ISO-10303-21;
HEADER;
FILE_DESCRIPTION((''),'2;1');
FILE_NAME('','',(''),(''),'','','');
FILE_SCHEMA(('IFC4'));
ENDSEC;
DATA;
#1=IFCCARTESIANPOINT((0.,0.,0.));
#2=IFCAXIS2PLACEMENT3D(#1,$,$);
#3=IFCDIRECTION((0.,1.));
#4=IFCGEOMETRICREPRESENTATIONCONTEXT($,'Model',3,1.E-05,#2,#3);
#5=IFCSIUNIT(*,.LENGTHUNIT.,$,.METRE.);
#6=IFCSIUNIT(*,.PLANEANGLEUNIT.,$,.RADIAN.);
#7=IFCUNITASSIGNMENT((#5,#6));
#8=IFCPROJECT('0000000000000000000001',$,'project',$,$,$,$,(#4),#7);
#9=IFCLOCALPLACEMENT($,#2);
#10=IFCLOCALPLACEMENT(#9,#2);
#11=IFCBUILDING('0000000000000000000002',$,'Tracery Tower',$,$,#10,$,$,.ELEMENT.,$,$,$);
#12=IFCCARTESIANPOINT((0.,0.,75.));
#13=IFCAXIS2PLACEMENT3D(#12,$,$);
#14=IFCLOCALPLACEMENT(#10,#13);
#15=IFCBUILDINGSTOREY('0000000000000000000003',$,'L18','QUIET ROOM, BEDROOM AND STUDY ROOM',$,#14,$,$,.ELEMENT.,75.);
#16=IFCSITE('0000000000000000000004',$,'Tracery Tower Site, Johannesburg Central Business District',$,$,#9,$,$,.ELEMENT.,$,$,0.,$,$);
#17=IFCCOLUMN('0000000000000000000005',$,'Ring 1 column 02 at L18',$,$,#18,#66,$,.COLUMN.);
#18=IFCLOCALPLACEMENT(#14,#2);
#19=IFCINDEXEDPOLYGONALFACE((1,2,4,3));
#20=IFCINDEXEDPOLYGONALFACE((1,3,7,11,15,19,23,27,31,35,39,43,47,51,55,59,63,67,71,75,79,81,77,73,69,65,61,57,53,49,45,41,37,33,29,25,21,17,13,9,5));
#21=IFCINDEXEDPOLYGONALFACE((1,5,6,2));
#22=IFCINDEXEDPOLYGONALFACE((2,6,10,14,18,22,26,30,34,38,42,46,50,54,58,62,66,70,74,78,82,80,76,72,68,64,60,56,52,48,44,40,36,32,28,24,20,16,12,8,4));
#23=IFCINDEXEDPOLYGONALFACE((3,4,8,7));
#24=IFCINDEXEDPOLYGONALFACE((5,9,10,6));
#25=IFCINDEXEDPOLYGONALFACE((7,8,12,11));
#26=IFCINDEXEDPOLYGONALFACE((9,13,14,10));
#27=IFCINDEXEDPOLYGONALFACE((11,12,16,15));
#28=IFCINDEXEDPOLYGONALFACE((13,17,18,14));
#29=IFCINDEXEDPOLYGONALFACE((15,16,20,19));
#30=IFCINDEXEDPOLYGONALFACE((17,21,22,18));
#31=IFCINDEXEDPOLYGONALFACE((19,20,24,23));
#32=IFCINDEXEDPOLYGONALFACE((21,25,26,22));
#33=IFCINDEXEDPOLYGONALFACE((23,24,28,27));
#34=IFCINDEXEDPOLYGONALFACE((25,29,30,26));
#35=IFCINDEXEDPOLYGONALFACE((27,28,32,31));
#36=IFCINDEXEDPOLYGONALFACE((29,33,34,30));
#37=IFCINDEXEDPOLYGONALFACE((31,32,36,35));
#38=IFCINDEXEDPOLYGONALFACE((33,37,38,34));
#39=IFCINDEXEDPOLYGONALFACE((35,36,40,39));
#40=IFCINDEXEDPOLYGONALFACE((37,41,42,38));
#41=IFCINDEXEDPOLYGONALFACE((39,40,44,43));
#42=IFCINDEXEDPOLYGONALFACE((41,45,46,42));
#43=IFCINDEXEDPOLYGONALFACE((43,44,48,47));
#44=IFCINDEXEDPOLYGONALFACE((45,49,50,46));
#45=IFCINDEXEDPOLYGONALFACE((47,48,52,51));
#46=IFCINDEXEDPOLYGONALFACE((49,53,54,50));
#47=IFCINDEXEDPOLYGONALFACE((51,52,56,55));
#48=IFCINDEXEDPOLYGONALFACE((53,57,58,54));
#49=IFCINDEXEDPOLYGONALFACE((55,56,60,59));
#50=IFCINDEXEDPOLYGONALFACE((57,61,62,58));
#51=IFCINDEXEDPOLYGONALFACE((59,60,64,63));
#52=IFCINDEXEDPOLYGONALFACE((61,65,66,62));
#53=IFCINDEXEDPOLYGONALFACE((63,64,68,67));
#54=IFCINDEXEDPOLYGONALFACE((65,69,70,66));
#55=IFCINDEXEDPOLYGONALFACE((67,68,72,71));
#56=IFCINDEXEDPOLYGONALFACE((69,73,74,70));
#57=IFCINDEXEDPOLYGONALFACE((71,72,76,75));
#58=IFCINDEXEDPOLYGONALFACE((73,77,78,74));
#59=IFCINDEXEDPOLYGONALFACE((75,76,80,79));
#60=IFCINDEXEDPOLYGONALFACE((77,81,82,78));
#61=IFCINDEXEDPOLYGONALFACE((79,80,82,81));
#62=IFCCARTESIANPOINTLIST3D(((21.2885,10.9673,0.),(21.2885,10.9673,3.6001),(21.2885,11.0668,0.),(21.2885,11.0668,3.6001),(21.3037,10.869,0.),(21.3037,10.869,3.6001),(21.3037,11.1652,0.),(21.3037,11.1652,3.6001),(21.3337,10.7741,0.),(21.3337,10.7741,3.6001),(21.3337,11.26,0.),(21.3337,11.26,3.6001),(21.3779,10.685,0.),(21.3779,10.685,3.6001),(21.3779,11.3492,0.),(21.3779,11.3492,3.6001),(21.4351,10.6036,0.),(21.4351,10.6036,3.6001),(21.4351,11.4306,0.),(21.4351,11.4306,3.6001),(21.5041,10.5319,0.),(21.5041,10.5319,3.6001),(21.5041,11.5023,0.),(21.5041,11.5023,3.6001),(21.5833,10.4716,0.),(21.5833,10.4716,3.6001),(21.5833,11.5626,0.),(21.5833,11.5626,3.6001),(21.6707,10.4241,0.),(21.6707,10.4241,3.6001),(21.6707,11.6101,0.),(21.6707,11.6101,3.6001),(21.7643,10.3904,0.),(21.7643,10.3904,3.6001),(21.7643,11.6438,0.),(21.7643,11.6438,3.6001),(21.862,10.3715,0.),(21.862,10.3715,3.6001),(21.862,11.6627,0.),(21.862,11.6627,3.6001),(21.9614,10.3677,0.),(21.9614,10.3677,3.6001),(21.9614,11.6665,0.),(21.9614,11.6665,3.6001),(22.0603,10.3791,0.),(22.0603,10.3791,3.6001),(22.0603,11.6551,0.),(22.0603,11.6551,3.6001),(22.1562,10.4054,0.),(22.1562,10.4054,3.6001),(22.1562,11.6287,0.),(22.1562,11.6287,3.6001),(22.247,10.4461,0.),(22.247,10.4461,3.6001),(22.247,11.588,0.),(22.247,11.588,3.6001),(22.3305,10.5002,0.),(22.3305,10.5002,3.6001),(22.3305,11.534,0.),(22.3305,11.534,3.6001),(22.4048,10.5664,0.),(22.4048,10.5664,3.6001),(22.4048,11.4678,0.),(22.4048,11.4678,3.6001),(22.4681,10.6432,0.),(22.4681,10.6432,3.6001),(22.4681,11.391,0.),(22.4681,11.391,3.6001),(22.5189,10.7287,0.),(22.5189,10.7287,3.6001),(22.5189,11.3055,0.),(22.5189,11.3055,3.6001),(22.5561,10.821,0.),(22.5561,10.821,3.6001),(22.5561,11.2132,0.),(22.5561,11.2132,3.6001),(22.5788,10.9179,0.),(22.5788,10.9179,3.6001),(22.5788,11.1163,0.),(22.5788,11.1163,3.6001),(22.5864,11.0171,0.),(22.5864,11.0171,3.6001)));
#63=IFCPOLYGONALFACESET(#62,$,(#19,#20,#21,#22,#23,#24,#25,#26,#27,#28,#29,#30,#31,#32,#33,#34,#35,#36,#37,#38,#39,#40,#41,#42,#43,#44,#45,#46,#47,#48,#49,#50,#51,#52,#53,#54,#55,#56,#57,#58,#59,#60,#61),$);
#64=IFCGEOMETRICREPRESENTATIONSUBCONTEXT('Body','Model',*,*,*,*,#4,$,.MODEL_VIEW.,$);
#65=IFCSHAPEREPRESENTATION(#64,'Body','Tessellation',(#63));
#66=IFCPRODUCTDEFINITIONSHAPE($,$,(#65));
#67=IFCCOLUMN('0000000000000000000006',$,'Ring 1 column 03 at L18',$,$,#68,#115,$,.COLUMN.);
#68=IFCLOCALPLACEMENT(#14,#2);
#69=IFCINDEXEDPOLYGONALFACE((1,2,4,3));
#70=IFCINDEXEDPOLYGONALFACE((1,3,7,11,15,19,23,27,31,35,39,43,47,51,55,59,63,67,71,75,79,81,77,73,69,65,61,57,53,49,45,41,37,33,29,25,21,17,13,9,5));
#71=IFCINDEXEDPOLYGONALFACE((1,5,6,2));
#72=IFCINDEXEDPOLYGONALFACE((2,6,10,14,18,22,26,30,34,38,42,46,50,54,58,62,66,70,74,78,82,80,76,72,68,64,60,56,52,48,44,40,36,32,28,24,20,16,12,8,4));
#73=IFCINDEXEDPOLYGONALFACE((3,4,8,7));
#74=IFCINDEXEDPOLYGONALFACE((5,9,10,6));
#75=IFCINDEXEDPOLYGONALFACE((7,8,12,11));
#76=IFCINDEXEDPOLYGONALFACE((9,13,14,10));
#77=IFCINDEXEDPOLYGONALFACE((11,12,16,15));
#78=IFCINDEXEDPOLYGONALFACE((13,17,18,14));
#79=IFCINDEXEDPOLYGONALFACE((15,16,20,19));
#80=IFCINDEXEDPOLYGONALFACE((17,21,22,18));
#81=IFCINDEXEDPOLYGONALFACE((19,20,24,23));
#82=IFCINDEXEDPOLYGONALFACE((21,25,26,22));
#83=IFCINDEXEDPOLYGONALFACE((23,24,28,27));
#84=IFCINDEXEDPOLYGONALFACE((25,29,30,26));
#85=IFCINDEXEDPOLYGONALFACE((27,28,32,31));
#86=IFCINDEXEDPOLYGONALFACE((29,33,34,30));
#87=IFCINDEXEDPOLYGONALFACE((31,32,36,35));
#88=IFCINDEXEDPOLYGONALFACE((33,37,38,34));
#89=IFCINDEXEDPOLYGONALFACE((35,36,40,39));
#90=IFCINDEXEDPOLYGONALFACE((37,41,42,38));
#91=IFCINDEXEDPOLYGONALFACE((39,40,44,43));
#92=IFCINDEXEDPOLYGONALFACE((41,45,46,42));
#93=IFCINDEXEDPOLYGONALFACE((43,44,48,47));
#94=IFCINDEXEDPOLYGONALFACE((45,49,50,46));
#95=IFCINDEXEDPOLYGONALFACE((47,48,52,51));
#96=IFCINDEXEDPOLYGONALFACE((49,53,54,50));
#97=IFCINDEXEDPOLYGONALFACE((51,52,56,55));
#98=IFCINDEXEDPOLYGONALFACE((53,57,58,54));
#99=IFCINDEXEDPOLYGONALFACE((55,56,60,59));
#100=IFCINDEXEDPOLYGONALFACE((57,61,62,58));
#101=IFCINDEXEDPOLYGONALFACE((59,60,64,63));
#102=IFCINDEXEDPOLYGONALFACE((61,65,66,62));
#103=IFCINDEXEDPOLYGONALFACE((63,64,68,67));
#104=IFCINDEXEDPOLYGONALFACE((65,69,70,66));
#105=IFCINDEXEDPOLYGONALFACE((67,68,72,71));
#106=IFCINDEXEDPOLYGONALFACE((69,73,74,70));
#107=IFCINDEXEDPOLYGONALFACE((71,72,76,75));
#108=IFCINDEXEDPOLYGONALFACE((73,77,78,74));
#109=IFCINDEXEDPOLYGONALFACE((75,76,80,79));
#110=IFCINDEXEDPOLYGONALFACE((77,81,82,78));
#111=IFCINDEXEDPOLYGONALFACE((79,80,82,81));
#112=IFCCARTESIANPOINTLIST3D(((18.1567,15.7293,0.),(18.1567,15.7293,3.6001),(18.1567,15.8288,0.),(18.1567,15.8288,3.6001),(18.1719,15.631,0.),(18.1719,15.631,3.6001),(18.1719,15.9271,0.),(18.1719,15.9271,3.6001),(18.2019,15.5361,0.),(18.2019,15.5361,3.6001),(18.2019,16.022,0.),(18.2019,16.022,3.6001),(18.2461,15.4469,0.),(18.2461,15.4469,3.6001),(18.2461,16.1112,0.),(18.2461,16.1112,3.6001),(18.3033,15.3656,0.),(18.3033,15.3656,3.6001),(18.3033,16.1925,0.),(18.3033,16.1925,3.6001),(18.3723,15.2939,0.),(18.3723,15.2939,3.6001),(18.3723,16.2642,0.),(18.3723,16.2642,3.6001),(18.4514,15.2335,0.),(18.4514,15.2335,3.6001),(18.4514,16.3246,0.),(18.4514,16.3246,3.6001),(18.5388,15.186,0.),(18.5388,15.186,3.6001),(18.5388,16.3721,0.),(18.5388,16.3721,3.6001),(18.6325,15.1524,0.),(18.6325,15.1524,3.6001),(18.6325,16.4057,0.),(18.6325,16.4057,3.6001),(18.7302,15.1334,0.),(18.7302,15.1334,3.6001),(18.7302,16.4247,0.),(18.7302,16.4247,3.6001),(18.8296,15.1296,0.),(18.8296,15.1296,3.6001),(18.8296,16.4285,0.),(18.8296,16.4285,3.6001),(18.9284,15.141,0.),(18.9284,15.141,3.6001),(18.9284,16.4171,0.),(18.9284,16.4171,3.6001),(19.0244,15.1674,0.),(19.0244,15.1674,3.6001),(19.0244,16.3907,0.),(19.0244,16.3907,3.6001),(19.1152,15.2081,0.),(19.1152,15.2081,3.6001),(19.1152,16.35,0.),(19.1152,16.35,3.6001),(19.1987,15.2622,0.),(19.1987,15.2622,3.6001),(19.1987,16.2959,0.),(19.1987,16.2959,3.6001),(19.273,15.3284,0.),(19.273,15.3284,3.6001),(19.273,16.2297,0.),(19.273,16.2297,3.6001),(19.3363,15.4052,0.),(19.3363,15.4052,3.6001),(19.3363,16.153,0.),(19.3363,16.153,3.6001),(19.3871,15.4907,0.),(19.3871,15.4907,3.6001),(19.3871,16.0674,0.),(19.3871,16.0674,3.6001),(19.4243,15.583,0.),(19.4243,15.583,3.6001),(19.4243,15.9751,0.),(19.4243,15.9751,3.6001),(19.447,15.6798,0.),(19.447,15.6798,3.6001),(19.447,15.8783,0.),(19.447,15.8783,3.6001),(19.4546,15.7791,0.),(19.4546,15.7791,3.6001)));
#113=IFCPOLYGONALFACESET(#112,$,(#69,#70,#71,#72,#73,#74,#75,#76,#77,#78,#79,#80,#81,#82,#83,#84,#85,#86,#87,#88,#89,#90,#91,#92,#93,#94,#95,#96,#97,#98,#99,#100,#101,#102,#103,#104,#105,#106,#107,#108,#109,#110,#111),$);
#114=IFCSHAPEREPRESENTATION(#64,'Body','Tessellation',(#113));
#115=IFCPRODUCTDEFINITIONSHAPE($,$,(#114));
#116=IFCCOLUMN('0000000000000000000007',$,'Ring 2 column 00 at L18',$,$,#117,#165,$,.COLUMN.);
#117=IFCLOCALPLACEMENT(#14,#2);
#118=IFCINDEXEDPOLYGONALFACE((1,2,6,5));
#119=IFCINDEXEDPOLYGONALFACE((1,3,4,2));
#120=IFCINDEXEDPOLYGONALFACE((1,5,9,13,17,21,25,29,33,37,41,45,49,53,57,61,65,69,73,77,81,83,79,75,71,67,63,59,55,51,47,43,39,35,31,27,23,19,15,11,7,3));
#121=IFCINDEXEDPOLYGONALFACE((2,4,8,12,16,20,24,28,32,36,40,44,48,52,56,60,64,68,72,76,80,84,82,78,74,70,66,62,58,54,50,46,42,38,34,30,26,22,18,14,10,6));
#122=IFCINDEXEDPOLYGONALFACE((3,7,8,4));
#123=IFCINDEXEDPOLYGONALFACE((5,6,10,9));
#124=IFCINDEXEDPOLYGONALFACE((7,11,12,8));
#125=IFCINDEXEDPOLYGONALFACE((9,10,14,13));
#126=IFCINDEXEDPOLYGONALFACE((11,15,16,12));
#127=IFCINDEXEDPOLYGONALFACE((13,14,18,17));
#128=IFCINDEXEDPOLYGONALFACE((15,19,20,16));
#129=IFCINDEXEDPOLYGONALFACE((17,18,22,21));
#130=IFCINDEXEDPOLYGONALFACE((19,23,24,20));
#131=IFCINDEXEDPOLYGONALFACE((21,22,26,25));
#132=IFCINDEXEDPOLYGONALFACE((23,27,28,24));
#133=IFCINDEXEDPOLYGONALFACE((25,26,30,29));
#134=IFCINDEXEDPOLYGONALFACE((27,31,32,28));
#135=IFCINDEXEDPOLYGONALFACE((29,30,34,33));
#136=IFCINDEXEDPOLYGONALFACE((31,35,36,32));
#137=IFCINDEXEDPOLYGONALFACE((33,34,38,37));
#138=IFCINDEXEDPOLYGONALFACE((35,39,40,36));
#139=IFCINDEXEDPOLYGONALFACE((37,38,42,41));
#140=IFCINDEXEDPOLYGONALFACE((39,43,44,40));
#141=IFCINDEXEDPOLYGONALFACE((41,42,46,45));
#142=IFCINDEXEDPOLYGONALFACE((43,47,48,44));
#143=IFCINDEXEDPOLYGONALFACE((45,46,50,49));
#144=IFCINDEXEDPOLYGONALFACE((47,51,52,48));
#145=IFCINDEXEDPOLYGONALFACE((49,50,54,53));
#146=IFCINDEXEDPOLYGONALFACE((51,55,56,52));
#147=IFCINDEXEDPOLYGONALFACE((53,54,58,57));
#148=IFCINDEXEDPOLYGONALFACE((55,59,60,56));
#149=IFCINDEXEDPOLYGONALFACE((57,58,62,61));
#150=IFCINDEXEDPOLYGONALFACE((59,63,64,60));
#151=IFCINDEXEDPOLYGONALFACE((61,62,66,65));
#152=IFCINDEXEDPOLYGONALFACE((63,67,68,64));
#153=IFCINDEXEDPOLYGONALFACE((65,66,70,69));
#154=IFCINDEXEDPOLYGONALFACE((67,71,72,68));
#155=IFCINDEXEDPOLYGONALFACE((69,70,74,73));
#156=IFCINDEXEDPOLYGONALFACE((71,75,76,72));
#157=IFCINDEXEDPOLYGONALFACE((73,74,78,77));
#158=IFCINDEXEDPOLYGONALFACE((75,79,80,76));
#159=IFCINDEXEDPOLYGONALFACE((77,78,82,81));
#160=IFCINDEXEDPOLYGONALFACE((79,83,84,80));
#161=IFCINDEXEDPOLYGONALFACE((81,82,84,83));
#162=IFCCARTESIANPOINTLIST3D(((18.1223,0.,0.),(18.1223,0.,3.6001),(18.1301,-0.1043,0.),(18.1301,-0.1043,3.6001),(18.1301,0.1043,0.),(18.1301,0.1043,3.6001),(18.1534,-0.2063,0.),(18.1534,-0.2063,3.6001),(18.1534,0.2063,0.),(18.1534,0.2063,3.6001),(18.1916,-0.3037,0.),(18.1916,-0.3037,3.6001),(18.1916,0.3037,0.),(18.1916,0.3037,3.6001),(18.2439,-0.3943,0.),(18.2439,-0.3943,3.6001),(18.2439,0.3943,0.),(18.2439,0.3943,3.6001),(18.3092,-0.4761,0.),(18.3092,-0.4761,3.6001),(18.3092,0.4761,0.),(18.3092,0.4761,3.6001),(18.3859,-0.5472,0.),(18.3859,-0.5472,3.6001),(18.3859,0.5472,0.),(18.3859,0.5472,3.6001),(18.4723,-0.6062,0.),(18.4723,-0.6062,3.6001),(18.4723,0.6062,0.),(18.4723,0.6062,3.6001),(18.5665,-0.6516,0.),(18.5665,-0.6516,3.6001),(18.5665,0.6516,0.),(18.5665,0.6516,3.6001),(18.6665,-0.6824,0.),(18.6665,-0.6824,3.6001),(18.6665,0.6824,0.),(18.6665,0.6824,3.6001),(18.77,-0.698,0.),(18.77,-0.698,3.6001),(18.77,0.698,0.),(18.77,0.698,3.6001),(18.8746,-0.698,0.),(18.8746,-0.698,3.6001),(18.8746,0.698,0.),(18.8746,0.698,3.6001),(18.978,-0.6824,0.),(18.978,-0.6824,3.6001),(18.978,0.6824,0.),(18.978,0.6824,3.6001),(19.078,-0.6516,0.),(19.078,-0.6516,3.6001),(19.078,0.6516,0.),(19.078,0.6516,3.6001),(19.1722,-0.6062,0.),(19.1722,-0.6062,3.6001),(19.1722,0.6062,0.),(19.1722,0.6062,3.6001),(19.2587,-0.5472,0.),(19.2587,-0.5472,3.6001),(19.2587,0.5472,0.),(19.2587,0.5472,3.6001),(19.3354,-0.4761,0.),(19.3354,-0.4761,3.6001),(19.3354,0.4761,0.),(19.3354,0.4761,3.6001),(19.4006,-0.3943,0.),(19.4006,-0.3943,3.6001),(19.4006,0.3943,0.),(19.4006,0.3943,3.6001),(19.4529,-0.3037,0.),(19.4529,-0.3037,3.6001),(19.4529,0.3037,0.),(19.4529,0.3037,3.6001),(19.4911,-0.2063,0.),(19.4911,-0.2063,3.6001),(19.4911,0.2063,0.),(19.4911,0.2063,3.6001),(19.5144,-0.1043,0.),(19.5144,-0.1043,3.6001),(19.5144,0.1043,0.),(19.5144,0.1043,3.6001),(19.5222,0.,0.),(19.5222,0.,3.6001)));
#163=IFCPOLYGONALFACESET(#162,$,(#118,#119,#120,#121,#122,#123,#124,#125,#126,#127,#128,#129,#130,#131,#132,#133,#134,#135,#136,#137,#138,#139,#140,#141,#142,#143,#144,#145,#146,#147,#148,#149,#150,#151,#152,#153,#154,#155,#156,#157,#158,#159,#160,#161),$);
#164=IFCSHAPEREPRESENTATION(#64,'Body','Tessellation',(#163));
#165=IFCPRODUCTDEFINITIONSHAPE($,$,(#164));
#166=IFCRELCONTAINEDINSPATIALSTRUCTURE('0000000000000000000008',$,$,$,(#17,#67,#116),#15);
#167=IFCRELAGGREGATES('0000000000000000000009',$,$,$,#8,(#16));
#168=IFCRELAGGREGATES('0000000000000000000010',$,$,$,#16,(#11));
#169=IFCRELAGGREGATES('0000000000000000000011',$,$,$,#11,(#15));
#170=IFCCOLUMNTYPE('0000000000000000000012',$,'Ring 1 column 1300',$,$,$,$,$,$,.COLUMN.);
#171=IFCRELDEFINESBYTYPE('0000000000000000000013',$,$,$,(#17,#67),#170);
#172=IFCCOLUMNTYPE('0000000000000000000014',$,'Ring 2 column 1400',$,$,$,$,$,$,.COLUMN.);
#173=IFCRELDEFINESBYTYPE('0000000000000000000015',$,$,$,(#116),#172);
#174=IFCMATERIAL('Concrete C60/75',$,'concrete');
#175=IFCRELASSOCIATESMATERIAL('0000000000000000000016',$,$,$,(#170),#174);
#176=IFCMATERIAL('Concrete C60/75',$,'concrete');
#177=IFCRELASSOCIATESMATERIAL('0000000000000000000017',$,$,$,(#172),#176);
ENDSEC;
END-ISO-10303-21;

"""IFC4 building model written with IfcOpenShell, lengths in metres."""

from ifc_helpers import new_model, si_unit, direction, frame, origin, origin_2d, place, context, subcontext, project, spatial, circle, extrude, material, material_profile, profile_set, type_object, element, save


model = new_model("IFC4")

# Units and contexts
model_context = context("Model", 3, precision=1e-05, world=origin(), true_north=direction((0.0, 1.0)))
body_context = subcontext(model_context, "Body", "Model", "MODEL_VIEW")
ifc_project = project(units=[si_unit("LENGTHUNIT", "METRE"), si_unit("PLANEANGLEUNIT", "RADIAN")], contexts=[model_context])

# Site, building, storey
site_placement = place(None, origin())
site = spatial("IfcSite", under=ifc_project, at=site_placement, Name="Tracery Tower Site, Johannesburg Central Business District", CompositionType="ELEMENT", RefElevation=0.0)
building_placement = place(site_placement, origin())
building = spatial("IfcBuilding", under=site, at=building_placement, Name="Tracery Tower", CompositionType="ELEMENT")
storey_placement = place(building_placement, frame((0.0, 0.0, 75.0)))
storey = spatial("IfcBuildingStorey", under=building, at=storey_placement, Name="L18", Description="QUIET ROOM, BEDROOM AND STUDY ROOM", CompositionType="ELEMENT", Elevation=75.0)

# Columns
ifc_material_1 = material(Name="Concrete C60/75", Category="concrete")
ifc_material_profile_1 = material_profile(ifc_material_1, circle(Radius=0.6499, at=origin_2d()), Name="RC D1300")
ifc_profile_set_1 = profile_set([ifc_material_profile_1], Name="Concrete C60/75")
column_type_1 = type_object("IfcColumnType", Name="Ring 1 column 1300", PredefinedType="COLUMN", material=ifc_profile_set_1)
for number, where, z_axis, x_axis, name in (
    (1, (21.9365, 11.0171, 0.0), (0.0, 0.0, 1.0), (1.0, 0.0, 0.0), "Ring 1 column 02 at L18"),
    (2, (18.8047, 15.7791, 0.0), (0.0, 0.0, 1.0), (1.0, 0.0, 0.0), "Ring 1 column 03 at L18"),
):
    element("IfcColumn", number, at=place(storey_placement, frame(where, z_axis=z_axis, x_axis=x_axis)), inside=storey, type_object=column_type_1, Name=name, PredefinedType="COLUMN", context=body_context, shape_type="SweptSolid", body=[
        extrude(circle(Radius=0.6499, at=origin_2d()), origin(), (0.0, 0.0, 1.0), 3.6001),
    ])
ifc_material_2 = material(Name="Concrete C60/75", Category="concrete")
ifc_material_profile_2 = material_profile(ifc_material_2, circle(Radius=0.7, at=origin_2d()), Name="RC D1400")
ifc_profile_set_2 = profile_set([ifc_material_profile_2], Name="Concrete C60/75")
column_type_2 = type_object("IfcColumnType", Name="Ring 2 column 1400", PredefinedType="COLUMN", material=ifc_profile_set_2)
for number, where, z_axis, x_axis, name in (
    (3, (18.8223, 0.0, 0.0), (0.0, 0.0, 1.0), (1.0, 0.0, 0.0), "Ring 2 column 00 at L18"),
):
    element("IfcColumn", number, at=place(storey_placement, frame(where, z_axis=z_axis, x_axis=x_axis)), inside=storey, type_object=column_type_2, Name=name, PredefinedType="COLUMN", context=body_context, shape_type="SweptSolid", body=[
        extrude(circle(Radius=0.7, at=origin_2d()), origin(), (0.0, 0.0, 1.0), 3.6001),
    ])

save(model, "model.ifc")
